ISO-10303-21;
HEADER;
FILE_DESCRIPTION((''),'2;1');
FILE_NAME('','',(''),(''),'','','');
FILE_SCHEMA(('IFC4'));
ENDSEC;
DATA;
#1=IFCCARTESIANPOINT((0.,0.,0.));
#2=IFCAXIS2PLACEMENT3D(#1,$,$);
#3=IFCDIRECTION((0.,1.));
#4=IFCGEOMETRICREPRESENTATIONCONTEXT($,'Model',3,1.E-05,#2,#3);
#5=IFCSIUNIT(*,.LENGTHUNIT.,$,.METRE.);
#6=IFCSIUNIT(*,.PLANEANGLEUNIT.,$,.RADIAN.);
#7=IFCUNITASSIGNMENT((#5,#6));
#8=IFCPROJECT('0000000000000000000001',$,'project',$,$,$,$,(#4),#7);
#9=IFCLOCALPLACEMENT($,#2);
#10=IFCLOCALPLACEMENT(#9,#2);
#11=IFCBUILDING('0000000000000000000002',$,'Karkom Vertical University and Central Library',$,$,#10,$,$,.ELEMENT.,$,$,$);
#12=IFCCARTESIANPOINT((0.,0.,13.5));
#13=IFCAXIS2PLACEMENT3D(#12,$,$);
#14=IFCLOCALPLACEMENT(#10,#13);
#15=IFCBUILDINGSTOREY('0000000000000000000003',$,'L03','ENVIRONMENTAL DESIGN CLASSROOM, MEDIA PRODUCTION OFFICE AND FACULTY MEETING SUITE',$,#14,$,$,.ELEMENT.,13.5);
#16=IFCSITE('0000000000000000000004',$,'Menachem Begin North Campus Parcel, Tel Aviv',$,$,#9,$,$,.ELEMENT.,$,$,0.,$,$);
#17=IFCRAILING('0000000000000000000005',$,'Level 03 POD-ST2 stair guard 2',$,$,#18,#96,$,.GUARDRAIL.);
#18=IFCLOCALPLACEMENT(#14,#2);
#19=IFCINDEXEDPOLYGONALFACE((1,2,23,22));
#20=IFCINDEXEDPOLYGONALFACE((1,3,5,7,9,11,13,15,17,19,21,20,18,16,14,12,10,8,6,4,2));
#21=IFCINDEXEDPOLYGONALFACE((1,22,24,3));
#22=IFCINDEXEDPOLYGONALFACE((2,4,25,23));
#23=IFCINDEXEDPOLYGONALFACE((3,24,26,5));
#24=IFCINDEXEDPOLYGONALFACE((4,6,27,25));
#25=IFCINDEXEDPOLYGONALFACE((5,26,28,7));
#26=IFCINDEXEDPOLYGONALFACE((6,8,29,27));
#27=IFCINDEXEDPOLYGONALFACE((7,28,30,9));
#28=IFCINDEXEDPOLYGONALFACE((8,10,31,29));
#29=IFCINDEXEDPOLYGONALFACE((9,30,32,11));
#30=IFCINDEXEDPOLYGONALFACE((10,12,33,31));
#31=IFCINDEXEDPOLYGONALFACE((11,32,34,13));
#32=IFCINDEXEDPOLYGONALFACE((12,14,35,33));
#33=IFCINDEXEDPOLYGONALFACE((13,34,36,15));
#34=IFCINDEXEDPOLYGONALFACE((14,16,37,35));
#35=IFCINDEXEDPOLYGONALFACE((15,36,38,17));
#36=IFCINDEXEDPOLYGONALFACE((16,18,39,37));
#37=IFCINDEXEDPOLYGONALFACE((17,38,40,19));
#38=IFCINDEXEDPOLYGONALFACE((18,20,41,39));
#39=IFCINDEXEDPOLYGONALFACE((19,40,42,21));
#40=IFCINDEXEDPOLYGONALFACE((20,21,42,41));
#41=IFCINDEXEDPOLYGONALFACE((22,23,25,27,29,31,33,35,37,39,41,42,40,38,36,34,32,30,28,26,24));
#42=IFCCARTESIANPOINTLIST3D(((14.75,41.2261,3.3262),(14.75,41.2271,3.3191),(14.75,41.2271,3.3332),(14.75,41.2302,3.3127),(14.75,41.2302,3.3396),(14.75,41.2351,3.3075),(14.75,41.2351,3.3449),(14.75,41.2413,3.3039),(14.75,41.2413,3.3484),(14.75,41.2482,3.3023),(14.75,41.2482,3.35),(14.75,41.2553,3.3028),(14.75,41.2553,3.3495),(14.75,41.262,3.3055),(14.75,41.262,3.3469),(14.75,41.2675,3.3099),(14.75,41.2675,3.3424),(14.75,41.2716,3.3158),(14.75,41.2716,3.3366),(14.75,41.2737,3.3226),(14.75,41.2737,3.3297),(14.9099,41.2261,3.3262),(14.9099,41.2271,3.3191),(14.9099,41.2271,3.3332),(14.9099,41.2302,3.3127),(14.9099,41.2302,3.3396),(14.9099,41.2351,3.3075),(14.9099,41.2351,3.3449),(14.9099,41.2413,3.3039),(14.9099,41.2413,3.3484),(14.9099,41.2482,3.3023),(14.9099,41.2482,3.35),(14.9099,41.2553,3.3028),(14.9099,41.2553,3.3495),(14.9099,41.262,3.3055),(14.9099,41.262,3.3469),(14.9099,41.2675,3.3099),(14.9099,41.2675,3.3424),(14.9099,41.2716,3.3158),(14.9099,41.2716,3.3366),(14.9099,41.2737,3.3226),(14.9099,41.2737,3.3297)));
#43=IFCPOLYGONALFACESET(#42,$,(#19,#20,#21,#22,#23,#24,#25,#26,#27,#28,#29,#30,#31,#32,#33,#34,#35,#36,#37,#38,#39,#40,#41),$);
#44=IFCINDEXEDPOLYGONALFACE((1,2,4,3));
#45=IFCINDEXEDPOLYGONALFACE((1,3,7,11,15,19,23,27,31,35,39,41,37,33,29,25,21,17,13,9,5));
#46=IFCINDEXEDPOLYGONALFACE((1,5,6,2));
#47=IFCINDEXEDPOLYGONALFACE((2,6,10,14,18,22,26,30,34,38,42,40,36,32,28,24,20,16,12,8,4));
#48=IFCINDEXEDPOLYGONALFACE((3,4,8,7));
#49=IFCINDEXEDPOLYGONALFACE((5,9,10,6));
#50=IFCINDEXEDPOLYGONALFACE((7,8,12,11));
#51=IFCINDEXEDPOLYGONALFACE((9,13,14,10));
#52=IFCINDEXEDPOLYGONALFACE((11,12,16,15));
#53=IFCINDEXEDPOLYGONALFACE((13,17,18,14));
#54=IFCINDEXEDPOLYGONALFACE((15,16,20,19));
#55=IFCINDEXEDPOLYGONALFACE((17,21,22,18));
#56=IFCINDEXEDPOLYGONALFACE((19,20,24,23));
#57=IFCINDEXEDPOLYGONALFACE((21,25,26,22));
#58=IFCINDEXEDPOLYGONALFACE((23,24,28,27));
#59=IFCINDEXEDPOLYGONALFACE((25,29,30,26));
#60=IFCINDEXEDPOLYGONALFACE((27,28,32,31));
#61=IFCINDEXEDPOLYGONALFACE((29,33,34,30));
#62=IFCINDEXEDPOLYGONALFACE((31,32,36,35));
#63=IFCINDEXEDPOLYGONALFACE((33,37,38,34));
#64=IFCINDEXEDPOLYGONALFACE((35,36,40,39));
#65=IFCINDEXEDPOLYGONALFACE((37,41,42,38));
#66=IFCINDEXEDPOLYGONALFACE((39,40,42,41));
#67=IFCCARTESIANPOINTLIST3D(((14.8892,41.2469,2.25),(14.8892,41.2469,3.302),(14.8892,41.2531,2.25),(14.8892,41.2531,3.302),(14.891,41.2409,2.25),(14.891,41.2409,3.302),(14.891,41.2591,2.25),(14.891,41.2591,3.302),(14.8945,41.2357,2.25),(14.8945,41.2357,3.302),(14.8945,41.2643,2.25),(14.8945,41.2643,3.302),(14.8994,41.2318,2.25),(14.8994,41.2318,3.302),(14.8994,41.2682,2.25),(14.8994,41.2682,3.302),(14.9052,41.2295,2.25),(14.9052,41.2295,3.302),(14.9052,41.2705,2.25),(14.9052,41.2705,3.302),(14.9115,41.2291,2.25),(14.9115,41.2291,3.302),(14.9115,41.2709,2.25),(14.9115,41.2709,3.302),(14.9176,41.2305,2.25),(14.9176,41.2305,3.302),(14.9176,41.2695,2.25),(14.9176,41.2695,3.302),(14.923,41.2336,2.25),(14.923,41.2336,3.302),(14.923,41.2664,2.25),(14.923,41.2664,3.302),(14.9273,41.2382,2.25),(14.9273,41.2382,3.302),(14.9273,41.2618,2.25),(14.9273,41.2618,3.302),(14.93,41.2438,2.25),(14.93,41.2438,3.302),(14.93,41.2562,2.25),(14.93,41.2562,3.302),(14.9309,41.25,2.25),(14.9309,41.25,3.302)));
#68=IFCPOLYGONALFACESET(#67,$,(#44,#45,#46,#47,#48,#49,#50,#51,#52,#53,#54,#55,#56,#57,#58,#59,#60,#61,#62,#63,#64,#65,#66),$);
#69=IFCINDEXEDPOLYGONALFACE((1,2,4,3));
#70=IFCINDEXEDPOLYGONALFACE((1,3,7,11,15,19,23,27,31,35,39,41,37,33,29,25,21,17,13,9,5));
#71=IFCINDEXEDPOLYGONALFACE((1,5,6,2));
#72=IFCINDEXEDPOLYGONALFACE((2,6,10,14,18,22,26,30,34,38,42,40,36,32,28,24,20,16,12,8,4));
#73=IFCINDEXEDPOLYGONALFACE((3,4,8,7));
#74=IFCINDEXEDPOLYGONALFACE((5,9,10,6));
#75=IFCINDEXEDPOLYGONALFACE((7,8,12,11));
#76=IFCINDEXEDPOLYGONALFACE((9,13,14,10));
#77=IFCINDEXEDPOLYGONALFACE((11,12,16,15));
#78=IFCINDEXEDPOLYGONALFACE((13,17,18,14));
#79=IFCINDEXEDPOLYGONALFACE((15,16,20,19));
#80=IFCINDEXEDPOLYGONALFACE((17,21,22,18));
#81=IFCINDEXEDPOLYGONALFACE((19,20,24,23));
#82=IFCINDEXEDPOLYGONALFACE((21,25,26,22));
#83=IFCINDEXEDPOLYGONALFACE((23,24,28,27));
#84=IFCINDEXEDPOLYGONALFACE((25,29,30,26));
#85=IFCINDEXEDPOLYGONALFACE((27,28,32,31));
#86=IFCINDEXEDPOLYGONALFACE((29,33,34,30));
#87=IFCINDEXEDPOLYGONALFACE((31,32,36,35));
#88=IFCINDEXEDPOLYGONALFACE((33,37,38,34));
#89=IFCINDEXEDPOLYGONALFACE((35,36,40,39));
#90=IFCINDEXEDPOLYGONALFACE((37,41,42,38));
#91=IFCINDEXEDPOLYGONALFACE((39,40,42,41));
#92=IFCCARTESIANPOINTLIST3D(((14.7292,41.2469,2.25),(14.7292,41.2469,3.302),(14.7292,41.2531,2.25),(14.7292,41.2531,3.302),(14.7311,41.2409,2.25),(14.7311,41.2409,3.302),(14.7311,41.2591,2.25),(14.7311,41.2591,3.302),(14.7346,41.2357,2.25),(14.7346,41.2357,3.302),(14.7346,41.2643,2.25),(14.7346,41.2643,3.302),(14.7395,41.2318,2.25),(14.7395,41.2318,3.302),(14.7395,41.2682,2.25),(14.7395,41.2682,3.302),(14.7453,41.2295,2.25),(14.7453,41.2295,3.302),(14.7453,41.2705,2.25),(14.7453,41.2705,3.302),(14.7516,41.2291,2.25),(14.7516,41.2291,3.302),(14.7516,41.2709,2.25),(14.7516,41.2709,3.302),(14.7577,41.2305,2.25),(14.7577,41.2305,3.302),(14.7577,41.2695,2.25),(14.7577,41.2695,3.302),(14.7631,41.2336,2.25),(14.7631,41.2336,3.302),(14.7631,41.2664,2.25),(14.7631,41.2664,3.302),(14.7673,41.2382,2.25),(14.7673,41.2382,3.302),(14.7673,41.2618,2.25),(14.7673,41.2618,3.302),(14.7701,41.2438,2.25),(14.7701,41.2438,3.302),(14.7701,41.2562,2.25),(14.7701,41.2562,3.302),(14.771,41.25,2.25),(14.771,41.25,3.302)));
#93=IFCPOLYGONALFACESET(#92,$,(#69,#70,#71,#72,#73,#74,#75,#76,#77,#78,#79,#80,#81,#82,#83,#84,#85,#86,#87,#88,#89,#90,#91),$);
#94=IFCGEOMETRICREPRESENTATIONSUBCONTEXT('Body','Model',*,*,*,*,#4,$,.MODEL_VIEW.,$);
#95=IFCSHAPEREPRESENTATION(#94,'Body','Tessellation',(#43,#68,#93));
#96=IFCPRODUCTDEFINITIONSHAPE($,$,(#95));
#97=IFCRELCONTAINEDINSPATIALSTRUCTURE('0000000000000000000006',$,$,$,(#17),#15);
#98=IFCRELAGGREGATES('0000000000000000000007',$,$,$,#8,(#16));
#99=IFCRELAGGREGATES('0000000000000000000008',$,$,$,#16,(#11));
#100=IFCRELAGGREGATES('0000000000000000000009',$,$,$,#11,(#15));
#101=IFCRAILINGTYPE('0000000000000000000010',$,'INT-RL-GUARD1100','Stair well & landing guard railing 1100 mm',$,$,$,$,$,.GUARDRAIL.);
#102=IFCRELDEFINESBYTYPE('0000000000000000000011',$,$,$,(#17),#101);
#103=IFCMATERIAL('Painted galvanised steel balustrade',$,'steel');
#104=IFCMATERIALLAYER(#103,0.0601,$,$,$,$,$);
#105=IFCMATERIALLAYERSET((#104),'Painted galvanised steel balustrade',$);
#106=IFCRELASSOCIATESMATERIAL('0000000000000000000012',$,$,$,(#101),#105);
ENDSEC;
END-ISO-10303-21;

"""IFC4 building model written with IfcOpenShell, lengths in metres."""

from ifc_helpers import new_model, si_unit, direction, frame, origin, origin_2d, place, context, subcontext, project, spatial, circle, extrude, material, layer, layer_set, type_object, element, save


model = new_model("IFC4")

# Units and contexts
model_context = context("Model", 3, precision=1e-05, world=origin(), true_north=direction((0.0, 1.0)))
body_context = subcontext(model_context, "Body", "Model", "MODEL_VIEW")
ifc_project = project(units=[si_unit("LENGTHUNIT", "METRE"), si_unit("PLANEANGLEUNIT", "RADIAN")], contexts=[model_context])

# Site, building, storey
site_placement = place(None, origin())
site = spatial("IfcSite", under=ifc_project, at=site_placement, Name="Menachem Begin North Campus Parcel, Tel Aviv", CompositionType="ELEMENT", RefElevation=0.0)
building_placement = place(site_placement, origin())
building = spatial("IfcBuilding", under=site, at=building_placement, Name="Karkom Vertical University and Central Library", CompositionType="ELEMENT")
storey_placement = place(building_placement, frame((0.0, 0.0, 13.5)))
storey = spatial("IfcBuildingStorey", under=building, at=storey_placement, Name="L03", Description="ENVIRONMENTAL DESIGN CLASSROOM, MEDIA PRODUCTION OFFICE AND FACULTY MEETING SUITE", CompositionType="ELEMENT", Elevation=13.5)

# Railing
ifc_material_1 = material(Name="Painted galvanised steel balustrade", Category="steel")
ifc_layer_1 = layer(ifc_material_1, 0.0601)
ifc_layer_set_1 = layer_set([ifc_layer_1], Name="Painted galvanised steel balustrade")
railing_type_1 = type_object("IfcRailingType", Name="INT-RL-GUARD1100", Description="Stair well & landing guard railing 1100 mm", PredefinedType="GUARDRAIL", material=ifc_layer_set_1)
railing_1_placement = place(storey_placement, frame((14.9099, 41.25, 2.25)))
element("IfcRailing", 1, at=railing_1_placement, inside=storey, type_object=railing_type_1, Name="Level 03 POD-ST2 stair guard 2", PredefinedType="GUARDRAIL", context=body_context, shape_type="SweptSolid", body=[
    extrude(circle(Radius=0.0239, at=origin_2d()), frame((0.0, 0.0, 1.0762), z_axis=(-1.0, 0.0, 0.0), x_axis=(0.0, -1.0, 0.0)), (0.0, 0.0, 1.0), 0.1599),
    extrude(circle(Radius=0.021, at=origin_2d()), origin(), (0.0, 0.0, 1.0), 1.052),
    extrude(circle(Radius=0.021, at=origin_2d()), frame((-0.1599, 0.0, 0.0)), (0.0, 0.0, 1.0), 1.052),
])

save(model, "model.ifc")
